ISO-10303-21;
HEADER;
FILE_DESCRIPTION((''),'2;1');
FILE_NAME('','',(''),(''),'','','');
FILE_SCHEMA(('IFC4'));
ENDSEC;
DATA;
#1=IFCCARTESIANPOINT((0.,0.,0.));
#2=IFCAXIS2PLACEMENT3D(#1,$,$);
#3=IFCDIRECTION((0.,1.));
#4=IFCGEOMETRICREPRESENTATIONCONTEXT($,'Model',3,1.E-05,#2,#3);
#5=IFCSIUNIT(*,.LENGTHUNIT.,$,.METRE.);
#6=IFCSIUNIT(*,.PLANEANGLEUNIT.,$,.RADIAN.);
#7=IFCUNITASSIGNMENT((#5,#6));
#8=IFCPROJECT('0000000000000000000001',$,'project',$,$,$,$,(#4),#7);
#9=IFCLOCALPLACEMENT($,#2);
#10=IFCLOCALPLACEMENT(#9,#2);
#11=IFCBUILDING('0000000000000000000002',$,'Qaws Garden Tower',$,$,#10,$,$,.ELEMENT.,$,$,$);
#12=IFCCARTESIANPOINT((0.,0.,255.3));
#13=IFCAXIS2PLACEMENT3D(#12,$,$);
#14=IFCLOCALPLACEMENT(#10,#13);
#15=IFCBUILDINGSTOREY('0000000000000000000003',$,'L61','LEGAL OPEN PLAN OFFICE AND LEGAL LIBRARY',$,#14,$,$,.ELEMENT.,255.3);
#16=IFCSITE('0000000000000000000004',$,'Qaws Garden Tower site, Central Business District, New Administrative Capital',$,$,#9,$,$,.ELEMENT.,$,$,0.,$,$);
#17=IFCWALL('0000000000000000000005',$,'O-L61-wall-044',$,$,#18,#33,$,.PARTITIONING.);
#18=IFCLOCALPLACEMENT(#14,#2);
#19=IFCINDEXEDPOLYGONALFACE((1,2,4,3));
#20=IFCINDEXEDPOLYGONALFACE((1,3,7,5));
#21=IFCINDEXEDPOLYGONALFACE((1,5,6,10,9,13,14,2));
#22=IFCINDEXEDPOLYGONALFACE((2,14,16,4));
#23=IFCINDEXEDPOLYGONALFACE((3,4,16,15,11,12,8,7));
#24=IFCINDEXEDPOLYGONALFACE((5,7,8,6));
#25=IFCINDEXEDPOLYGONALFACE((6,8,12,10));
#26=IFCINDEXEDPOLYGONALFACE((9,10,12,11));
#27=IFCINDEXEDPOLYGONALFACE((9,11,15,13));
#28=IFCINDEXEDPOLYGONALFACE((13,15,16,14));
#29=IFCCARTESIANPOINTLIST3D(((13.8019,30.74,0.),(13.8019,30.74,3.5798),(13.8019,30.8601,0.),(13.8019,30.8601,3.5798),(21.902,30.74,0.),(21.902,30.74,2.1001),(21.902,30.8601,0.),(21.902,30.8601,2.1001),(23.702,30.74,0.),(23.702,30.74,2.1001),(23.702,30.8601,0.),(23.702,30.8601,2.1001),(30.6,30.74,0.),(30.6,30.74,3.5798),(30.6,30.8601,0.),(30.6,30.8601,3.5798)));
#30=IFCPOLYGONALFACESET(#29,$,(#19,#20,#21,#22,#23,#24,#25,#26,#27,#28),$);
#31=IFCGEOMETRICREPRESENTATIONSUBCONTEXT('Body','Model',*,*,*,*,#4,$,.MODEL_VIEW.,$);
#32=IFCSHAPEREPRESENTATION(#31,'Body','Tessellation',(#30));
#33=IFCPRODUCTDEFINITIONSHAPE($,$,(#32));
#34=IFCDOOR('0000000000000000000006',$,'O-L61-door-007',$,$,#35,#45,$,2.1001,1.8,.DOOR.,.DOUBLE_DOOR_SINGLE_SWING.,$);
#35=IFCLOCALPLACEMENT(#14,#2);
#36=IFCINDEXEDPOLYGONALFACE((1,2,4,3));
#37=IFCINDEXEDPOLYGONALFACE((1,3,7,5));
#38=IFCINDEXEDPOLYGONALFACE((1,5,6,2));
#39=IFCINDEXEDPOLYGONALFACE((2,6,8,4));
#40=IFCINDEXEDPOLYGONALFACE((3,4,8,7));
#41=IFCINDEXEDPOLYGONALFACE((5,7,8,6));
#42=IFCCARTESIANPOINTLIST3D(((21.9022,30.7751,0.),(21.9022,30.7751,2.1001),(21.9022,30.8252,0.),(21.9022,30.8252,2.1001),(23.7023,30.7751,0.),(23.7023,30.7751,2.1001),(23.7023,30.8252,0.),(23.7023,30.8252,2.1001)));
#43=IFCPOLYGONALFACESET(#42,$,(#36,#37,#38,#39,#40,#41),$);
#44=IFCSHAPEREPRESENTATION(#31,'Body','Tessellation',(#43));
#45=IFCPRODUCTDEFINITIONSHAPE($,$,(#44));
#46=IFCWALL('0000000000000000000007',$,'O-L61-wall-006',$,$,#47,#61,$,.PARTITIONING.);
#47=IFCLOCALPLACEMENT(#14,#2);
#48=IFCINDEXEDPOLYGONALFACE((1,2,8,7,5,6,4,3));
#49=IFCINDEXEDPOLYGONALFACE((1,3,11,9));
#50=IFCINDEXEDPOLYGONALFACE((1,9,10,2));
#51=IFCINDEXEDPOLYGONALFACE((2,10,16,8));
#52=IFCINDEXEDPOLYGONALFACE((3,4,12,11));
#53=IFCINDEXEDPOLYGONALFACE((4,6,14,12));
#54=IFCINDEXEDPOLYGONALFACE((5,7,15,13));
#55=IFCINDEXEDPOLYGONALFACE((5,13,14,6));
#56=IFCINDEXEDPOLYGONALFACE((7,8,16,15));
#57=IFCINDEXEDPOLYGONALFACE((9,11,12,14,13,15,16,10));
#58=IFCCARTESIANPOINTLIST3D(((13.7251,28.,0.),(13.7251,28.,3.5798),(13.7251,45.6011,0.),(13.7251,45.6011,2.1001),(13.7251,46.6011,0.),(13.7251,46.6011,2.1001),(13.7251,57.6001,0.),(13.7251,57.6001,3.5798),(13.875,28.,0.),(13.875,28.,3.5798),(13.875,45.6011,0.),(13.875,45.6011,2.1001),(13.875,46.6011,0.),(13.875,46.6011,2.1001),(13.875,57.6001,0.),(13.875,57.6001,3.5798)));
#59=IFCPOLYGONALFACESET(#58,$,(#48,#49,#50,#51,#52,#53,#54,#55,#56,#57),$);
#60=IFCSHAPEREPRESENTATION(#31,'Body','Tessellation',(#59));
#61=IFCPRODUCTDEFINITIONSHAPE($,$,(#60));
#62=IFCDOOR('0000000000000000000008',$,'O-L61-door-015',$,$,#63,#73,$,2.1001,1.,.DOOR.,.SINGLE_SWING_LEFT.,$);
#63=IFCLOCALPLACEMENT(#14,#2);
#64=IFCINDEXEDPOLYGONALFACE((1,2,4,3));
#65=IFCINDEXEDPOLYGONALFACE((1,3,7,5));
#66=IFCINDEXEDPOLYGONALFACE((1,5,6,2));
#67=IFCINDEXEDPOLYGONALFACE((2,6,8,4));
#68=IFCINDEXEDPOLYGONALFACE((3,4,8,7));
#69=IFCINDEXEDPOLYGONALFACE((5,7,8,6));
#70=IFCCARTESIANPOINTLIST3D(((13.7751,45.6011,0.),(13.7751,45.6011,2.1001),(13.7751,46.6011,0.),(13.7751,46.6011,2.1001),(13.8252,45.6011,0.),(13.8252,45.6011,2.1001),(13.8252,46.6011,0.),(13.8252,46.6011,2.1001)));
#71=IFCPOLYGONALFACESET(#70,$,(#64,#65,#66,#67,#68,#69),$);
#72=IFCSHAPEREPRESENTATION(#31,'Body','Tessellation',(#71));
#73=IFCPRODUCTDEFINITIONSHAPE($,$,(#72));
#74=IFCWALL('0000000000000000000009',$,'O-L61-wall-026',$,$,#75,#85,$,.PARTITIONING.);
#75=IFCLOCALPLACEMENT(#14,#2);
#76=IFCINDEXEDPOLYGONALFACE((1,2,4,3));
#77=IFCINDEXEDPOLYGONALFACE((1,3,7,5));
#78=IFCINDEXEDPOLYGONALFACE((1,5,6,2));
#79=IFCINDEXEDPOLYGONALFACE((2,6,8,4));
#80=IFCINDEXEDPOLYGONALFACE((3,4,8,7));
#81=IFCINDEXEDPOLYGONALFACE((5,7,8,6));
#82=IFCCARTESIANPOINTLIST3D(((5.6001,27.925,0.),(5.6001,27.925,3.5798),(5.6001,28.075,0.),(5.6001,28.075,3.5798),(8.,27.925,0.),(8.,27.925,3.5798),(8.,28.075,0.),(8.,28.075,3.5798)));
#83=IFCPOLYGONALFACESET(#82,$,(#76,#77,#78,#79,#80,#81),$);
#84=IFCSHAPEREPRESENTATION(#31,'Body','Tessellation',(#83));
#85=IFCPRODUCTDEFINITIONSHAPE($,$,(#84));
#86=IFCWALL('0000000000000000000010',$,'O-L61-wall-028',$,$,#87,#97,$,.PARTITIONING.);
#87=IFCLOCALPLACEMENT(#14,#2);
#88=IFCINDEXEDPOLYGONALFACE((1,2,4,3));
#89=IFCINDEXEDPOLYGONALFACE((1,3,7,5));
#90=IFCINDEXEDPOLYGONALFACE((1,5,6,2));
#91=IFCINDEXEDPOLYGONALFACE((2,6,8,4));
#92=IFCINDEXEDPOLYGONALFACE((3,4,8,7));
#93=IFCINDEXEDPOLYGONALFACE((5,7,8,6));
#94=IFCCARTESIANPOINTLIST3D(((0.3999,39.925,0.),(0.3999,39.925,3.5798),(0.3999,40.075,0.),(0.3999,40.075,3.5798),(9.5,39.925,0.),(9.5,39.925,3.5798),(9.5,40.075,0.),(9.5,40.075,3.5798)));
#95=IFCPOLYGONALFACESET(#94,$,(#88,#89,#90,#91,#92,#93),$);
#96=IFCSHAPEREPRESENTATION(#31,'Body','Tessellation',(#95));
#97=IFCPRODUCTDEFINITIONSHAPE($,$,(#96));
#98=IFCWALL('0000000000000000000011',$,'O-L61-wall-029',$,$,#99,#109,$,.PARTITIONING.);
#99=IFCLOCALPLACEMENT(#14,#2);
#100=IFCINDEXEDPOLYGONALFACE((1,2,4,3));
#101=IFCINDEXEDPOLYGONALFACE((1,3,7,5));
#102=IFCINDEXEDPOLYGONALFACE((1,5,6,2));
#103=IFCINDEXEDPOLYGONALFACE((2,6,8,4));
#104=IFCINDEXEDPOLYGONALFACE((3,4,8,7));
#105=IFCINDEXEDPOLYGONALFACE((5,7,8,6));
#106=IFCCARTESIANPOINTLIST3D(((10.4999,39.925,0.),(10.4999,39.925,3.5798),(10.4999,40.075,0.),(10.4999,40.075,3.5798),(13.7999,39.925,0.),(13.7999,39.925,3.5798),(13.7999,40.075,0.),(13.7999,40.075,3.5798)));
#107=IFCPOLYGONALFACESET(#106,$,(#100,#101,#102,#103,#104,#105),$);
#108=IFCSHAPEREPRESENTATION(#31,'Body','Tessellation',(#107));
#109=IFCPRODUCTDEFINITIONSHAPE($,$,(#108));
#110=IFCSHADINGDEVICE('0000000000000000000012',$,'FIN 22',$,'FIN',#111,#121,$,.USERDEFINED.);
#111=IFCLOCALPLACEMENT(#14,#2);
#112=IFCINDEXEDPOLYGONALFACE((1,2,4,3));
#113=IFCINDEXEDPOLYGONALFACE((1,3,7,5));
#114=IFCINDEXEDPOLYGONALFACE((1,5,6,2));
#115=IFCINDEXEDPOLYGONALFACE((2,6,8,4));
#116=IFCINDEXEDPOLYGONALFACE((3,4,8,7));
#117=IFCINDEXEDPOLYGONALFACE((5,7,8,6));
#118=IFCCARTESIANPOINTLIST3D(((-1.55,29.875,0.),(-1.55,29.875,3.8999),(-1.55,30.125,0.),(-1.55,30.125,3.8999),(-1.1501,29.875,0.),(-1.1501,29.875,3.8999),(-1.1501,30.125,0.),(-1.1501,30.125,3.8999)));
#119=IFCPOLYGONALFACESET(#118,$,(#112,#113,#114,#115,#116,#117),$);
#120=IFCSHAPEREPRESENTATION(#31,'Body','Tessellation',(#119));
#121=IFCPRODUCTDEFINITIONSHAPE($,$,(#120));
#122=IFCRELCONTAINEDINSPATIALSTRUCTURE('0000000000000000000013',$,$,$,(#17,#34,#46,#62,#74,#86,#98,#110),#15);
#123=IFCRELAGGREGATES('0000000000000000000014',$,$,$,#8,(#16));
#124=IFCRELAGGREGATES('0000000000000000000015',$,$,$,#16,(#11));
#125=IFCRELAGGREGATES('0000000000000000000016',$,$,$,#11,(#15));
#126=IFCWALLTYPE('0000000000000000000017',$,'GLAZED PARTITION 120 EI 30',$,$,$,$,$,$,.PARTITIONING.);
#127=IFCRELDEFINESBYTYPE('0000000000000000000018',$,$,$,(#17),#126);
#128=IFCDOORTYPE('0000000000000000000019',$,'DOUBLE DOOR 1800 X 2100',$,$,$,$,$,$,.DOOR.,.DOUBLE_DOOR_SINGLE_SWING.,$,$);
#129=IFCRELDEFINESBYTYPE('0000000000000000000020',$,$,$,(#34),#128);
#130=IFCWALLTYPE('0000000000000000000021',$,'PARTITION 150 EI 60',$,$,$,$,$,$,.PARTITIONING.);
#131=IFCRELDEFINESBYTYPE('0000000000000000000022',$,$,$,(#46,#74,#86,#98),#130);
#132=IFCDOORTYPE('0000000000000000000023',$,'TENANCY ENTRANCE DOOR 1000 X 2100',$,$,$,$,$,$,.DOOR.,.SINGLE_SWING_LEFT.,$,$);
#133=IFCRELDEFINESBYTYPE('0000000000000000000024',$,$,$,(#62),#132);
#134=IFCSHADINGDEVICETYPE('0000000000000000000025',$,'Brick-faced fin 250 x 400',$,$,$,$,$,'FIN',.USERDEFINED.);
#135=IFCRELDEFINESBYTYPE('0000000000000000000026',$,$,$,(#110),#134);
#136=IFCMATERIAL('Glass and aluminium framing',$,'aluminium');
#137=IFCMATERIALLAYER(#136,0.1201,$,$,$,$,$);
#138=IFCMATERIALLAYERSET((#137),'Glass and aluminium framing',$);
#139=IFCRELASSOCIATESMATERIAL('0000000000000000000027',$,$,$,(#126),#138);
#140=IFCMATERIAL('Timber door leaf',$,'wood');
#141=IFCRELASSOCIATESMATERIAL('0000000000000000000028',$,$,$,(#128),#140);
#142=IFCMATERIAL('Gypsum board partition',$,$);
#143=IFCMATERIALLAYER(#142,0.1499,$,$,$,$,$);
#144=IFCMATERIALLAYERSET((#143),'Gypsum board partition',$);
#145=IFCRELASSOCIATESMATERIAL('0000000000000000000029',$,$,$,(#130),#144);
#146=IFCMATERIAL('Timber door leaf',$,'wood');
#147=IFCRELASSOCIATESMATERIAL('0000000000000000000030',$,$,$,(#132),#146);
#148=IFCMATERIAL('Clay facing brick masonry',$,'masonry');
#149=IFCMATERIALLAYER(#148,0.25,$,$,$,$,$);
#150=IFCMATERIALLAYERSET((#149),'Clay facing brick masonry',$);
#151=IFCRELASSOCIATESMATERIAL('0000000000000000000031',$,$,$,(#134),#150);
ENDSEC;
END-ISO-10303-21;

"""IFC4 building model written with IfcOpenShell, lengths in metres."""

from ifc_helpers import new_model, si_unit, direction, frame, frame_2d, origin, origin_2d, place, context, subcontext, project, spatial, rectangle, extrude, material, layer, layer_set, type_object, element, fill, save


model = new_model("IFC4")

# Units and contexts
model_context = context("Model", 3, precision=1e-05, world=origin(), true_north=direction((0.0, 1.0)))
body_context = subcontext(model_context, "Body", "Model", "MODEL_VIEW")
ifc_project = project(units=[si_unit("LENGTHUNIT", "METRE"), si_unit("PLANEANGLEUNIT", "RADIAN")], contexts=[model_context])

# Site, building, storey
site_placement = place(None, origin())
site = spatial("IfcSite", under=ifc_project, at=site_placement, Name="Qaws Garden Tower site, Central Business District, New Administrative Capital", CompositionType="ELEMENT", RefElevation=0.0)
building_placement = place(site_placement, origin())
building = spatial("IfcBuilding", under=site, at=building_placement, Name="Qaws Garden Tower", CompositionType="ELEMENT")
storey_placement = place(building_placement, frame((0.0, 0.0, 255.3)))
storey = spatial("IfcBuildingStorey", under=building, at=storey_placement, Name="L61", Description="LEGAL OPEN PLAN OFFICE AND LEGAL LIBRARY", CompositionType="ELEMENT", Elevation=255.3)

# Walls, openings, doors
ifc_material_1 = material(Name="Glass and aluminium framing", Category="aluminium")
ifc_layer_1 = layer(ifc_material_1, 0.1201)
ifc_layer_set_1 = layer_set([ifc_layer_1], Name="Glass and aluminium framing")
wall_type_1 = type_object("IfcWallType", Name="GLAZED PARTITION 120 EI 30", PredefinedType="PARTITIONING", material=ifc_layer_set_1)
ifc_material_2 = material(Name="Timber door leaf", Category="wood")
door_type_1 = type_object("IfcDoorType", Name="DOUBLE DOOR 1800 X 2100", OperationType="DOUBLE_DOOR_SINGLE_SWING", PredefinedType="DOOR", material=ifc_material_2)
wall_1_placement = place(storey_placement, frame((13.802, 30.8, 0.0), z_axis=(0.0, 0.0, 1.0), x_axis=(1.0, 0.0, 0.0)))
wall_1 = element("IfcWall", 1, at=wall_1_placement, inside=storey, type_object=wall_type_1, Name="O-L61-wall-044", PredefinedType="PARTITIONING", context=body_context, shape_type="SweptSolid", body=[
    extrude(rectangle(XDim=16.7981, YDim=0.1201, at=frame_2d((8.3989, 0.0))), origin(), (0.0, 0.0, 1.0), 3.5798),
])
opening_1_placement = place(wall_1_placement, frame((8.1001, 0.0, 0.0)))
opening_1 = element("IfcOpeningElement", 2, at=opening_1_placement, cuts=wall_1, PredefinedType="OPENING", context=body_context, shape_type="SweptSolid", body=[
    extrude(rectangle(XDim=1.8, YDim=2.1001, at=frame_2d((0.8999, 1.05))), frame((0.0, 0.0701, 0.0), z_axis=(0.0, -1.0, 0.0), x_axis=(1.0, 0.0, 0.0)), (0.0, 0.0, 1.0), 0.1401),
])
door_1_placement = place(opening_1_placement, frame((1.8, 0.0, 0.0), z_axis=(0.0, 0.0, 1.0), x_axis=(-1.0, 0.0, 0.0)))
door_1 = element("IfcDoor", 3, at=door_1_placement, inside=storey, type_object=door_type_1, Name="O-L61-door-007", OperationType="DOUBLE_DOOR_SINGLE_SWING", OverallHeight=2.1001, OverallWidth=1.8, PredefinedType="DOOR", context=body_context, shape_type="SweptSolid", body=[
    extrude(rectangle(XDim=1.8, YDim=2.1001, at=frame_2d((0.8999, 1.05))), frame((0.0, 0.0249, 0.0), z_axis=(0.0, -1.0, 0.0), x_axis=(1.0, 0.0, 0.0)), (0.0, 0.0, 1.0), 0.05),
])
fill(opening_1, door_1)
ifc_material_3 = material(Name="Gypsum board partition")
ifc_layer_2 = layer(ifc_material_3, 0.1499)
ifc_layer_set_2 = layer_set([ifc_layer_2], Name="Gypsum board partition")
wall_type_2 = type_object("IfcWallType", Name="PARTITION 150 EI 60", PredefinedType="PARTITIONING", material=ifc_layer_set_2)
wall_2_placement = place(storey_placement, frame((13.8, 28.0, 0.0), z_axis=(0.0, 0.0, 1.0), x_axis=(0.0, 1.0, 0.0)))
wall_2 = element("IfcWall", 4, at=wall_2_placement, inside=storey, type_object=wall_type_2, Name="O-L61-wall-006", PredefinedType="PARTITIONING", context=body_context, shape_type="SweptSolid", body=[
    extrude(rectangle(XDim=29.6001, YDim=0.1499, at=frame_2d((14.8, 0.0))), origin(), (0.0, 0.0, 1.0), 3.5798),
])
opening_2_placement = place(wall_2_placement, frame((17.6011, 0.0, 0.0)))
opening_2 = element("IfcOpeningElement", 5, at=opening_2_placement, cuts=wall_2, PredefinedType="OPENING", context=body_context, shape_type="SweptSolid", body=[
    extrude(rectangle(XDim=1.0, YDim=2.1001, at=frame_2d((0.5, 1.05))), frame((0.0, 0.085, 0.0), z_axis=(0.0, -1.0, 0.0), x_axis=(1.0, 0.0, 0.0)), (0.0, 0.0, 1.0), 0.1699),
])
ifc_material_4 = material(Name="Timber door leaf", Category="wood")
door_type_2 = type_object("IfcDoorType", Name="TENANCY ENTRANCE DOOR 1000 X 2100", OperationType="SINGLE_SWING_LEFT", PredefinedType="DOOR", material=ifc_material_4)
door_2_placement = place(opening_2_placement, origin())
door_2 = element("IfcDoor", 6, at=door_2_placement, inside=storey, type_object=door_type_2, Name="O-L61-door-015", OperationType="SINGLE_SWING_LEFT", OverallHeight=2.1001, OverallWidth=1.0, PredefinedType="DOOR", context=body_context, shape_type="SweptSolid", body=[
    extrude(rectangle(XDim=1.0, YDim=2.1001, at=frame_2d((0.5, 1.05))), frame((0.0, 0.0249, 0.0), z_axis=(0.0, -1.0, 0.0), x_axis=(1.0, 0.0, 0.0)), (0.0, 0.0, 1.0), 0.05),
])
fill(opening_2, door_2)

# Walls
wall_3_placement = place(storey_placement, frame((5.6001, 28.0, 0.0), z_axis=(0.0, 0.0, 1.0), x_axis=(1.0, 0.0, 0.0)))
element("IfcWall", 7, at=wall_3_placement, inside=storey, type_object=wall_type_2, Name="O-L61-wall-026", PredefinedType="PARTITIONING", context=body_context, shape_type="SweptSolid", body=[
    extrude(rectangle(XDim=2.3999, YDim=0.1499, at=frame_2d((1.2, 0.0))), origin(), (0.0, 0.0, 1.0), 3.5798),
])
wall_4_placement = place(storey_placement, frame((0.3999, 40.0, 0.0), z_axis=(0.0, 0.0, 1.0), x_axis=(1.0, 0.0, 0.0)))
element("IfcWall", 8, at=wall_4_placement, inside=storey, type_object=wall_type_2, Name="O-L61-wall-028", PredefinedType="PARTITIONING", context=body_context, shape_type="SweptSolid", body=[
    extrude(rectangle(XDim=9.1001, YDim=0.1499, at=frame_2d((4.55, 0.0))), origin(), (0.0, 0.0, 1.0), 3.5798),
])
wall_5_placement = place(storey_placement, frame((10.5, 40.0, 0.0), z_axis=(0.0, 0.0, 1.0), x_axis=(1.0, 0.0, 0.0)))
element("IfcWall", 9, at=wall_5_placement, inside=storey, type_object=wall_type_2, Name="O-L61-wall-029", PredefinedType="PARTITIONING", context=body_context, shape_type="SweptSolid", body=[
    extrude(rectangle(XDim=3.3, YDim=0.1499, at=frame_2d((1.6499, 0.0))), origin(), (0.0, 0.0, 1.0), 3.5798),
])

# Shading device
ifc_material_5 = material(Name="Clay facing brick masonry", Category="masonry")
ifc_layer_3 = layer(ifc_material_5, 0.25)
ifc_layer_set_3 = layer_set([ifc_layer_3], Name="Clay facing brick masonry")
shading_device_type = type_object("IfcShadingDeviceType", Name="Brick-faced fin 250 x 400", ElementType="FIN", PredefinedType="USERDEFINED", material=ifc_layer_set_3)
shading_device_placement = place(storey_placement, frame((-1.3501, 30.0, 0.0), z_axis=(0.0, 0.0, 1.0), x_axis=(0.0, -1.0, 0.0)))
element("IfcShadingDevice", 10, at=shading_device_placement, inside=storey, type_object=shading_device_type, Name="FIN 22", ObjectType="FIN", PredefinedType="USERDEFINED", context=body_context, shape_type="SweptSolid", body=[
    extrude(rectangle(XDim=0.25, YDim=0.3999, at=origin_2d()), origin(), (0.0, 0.0, 1.0), 3.8999),
])

save(model, "model.ifc")
